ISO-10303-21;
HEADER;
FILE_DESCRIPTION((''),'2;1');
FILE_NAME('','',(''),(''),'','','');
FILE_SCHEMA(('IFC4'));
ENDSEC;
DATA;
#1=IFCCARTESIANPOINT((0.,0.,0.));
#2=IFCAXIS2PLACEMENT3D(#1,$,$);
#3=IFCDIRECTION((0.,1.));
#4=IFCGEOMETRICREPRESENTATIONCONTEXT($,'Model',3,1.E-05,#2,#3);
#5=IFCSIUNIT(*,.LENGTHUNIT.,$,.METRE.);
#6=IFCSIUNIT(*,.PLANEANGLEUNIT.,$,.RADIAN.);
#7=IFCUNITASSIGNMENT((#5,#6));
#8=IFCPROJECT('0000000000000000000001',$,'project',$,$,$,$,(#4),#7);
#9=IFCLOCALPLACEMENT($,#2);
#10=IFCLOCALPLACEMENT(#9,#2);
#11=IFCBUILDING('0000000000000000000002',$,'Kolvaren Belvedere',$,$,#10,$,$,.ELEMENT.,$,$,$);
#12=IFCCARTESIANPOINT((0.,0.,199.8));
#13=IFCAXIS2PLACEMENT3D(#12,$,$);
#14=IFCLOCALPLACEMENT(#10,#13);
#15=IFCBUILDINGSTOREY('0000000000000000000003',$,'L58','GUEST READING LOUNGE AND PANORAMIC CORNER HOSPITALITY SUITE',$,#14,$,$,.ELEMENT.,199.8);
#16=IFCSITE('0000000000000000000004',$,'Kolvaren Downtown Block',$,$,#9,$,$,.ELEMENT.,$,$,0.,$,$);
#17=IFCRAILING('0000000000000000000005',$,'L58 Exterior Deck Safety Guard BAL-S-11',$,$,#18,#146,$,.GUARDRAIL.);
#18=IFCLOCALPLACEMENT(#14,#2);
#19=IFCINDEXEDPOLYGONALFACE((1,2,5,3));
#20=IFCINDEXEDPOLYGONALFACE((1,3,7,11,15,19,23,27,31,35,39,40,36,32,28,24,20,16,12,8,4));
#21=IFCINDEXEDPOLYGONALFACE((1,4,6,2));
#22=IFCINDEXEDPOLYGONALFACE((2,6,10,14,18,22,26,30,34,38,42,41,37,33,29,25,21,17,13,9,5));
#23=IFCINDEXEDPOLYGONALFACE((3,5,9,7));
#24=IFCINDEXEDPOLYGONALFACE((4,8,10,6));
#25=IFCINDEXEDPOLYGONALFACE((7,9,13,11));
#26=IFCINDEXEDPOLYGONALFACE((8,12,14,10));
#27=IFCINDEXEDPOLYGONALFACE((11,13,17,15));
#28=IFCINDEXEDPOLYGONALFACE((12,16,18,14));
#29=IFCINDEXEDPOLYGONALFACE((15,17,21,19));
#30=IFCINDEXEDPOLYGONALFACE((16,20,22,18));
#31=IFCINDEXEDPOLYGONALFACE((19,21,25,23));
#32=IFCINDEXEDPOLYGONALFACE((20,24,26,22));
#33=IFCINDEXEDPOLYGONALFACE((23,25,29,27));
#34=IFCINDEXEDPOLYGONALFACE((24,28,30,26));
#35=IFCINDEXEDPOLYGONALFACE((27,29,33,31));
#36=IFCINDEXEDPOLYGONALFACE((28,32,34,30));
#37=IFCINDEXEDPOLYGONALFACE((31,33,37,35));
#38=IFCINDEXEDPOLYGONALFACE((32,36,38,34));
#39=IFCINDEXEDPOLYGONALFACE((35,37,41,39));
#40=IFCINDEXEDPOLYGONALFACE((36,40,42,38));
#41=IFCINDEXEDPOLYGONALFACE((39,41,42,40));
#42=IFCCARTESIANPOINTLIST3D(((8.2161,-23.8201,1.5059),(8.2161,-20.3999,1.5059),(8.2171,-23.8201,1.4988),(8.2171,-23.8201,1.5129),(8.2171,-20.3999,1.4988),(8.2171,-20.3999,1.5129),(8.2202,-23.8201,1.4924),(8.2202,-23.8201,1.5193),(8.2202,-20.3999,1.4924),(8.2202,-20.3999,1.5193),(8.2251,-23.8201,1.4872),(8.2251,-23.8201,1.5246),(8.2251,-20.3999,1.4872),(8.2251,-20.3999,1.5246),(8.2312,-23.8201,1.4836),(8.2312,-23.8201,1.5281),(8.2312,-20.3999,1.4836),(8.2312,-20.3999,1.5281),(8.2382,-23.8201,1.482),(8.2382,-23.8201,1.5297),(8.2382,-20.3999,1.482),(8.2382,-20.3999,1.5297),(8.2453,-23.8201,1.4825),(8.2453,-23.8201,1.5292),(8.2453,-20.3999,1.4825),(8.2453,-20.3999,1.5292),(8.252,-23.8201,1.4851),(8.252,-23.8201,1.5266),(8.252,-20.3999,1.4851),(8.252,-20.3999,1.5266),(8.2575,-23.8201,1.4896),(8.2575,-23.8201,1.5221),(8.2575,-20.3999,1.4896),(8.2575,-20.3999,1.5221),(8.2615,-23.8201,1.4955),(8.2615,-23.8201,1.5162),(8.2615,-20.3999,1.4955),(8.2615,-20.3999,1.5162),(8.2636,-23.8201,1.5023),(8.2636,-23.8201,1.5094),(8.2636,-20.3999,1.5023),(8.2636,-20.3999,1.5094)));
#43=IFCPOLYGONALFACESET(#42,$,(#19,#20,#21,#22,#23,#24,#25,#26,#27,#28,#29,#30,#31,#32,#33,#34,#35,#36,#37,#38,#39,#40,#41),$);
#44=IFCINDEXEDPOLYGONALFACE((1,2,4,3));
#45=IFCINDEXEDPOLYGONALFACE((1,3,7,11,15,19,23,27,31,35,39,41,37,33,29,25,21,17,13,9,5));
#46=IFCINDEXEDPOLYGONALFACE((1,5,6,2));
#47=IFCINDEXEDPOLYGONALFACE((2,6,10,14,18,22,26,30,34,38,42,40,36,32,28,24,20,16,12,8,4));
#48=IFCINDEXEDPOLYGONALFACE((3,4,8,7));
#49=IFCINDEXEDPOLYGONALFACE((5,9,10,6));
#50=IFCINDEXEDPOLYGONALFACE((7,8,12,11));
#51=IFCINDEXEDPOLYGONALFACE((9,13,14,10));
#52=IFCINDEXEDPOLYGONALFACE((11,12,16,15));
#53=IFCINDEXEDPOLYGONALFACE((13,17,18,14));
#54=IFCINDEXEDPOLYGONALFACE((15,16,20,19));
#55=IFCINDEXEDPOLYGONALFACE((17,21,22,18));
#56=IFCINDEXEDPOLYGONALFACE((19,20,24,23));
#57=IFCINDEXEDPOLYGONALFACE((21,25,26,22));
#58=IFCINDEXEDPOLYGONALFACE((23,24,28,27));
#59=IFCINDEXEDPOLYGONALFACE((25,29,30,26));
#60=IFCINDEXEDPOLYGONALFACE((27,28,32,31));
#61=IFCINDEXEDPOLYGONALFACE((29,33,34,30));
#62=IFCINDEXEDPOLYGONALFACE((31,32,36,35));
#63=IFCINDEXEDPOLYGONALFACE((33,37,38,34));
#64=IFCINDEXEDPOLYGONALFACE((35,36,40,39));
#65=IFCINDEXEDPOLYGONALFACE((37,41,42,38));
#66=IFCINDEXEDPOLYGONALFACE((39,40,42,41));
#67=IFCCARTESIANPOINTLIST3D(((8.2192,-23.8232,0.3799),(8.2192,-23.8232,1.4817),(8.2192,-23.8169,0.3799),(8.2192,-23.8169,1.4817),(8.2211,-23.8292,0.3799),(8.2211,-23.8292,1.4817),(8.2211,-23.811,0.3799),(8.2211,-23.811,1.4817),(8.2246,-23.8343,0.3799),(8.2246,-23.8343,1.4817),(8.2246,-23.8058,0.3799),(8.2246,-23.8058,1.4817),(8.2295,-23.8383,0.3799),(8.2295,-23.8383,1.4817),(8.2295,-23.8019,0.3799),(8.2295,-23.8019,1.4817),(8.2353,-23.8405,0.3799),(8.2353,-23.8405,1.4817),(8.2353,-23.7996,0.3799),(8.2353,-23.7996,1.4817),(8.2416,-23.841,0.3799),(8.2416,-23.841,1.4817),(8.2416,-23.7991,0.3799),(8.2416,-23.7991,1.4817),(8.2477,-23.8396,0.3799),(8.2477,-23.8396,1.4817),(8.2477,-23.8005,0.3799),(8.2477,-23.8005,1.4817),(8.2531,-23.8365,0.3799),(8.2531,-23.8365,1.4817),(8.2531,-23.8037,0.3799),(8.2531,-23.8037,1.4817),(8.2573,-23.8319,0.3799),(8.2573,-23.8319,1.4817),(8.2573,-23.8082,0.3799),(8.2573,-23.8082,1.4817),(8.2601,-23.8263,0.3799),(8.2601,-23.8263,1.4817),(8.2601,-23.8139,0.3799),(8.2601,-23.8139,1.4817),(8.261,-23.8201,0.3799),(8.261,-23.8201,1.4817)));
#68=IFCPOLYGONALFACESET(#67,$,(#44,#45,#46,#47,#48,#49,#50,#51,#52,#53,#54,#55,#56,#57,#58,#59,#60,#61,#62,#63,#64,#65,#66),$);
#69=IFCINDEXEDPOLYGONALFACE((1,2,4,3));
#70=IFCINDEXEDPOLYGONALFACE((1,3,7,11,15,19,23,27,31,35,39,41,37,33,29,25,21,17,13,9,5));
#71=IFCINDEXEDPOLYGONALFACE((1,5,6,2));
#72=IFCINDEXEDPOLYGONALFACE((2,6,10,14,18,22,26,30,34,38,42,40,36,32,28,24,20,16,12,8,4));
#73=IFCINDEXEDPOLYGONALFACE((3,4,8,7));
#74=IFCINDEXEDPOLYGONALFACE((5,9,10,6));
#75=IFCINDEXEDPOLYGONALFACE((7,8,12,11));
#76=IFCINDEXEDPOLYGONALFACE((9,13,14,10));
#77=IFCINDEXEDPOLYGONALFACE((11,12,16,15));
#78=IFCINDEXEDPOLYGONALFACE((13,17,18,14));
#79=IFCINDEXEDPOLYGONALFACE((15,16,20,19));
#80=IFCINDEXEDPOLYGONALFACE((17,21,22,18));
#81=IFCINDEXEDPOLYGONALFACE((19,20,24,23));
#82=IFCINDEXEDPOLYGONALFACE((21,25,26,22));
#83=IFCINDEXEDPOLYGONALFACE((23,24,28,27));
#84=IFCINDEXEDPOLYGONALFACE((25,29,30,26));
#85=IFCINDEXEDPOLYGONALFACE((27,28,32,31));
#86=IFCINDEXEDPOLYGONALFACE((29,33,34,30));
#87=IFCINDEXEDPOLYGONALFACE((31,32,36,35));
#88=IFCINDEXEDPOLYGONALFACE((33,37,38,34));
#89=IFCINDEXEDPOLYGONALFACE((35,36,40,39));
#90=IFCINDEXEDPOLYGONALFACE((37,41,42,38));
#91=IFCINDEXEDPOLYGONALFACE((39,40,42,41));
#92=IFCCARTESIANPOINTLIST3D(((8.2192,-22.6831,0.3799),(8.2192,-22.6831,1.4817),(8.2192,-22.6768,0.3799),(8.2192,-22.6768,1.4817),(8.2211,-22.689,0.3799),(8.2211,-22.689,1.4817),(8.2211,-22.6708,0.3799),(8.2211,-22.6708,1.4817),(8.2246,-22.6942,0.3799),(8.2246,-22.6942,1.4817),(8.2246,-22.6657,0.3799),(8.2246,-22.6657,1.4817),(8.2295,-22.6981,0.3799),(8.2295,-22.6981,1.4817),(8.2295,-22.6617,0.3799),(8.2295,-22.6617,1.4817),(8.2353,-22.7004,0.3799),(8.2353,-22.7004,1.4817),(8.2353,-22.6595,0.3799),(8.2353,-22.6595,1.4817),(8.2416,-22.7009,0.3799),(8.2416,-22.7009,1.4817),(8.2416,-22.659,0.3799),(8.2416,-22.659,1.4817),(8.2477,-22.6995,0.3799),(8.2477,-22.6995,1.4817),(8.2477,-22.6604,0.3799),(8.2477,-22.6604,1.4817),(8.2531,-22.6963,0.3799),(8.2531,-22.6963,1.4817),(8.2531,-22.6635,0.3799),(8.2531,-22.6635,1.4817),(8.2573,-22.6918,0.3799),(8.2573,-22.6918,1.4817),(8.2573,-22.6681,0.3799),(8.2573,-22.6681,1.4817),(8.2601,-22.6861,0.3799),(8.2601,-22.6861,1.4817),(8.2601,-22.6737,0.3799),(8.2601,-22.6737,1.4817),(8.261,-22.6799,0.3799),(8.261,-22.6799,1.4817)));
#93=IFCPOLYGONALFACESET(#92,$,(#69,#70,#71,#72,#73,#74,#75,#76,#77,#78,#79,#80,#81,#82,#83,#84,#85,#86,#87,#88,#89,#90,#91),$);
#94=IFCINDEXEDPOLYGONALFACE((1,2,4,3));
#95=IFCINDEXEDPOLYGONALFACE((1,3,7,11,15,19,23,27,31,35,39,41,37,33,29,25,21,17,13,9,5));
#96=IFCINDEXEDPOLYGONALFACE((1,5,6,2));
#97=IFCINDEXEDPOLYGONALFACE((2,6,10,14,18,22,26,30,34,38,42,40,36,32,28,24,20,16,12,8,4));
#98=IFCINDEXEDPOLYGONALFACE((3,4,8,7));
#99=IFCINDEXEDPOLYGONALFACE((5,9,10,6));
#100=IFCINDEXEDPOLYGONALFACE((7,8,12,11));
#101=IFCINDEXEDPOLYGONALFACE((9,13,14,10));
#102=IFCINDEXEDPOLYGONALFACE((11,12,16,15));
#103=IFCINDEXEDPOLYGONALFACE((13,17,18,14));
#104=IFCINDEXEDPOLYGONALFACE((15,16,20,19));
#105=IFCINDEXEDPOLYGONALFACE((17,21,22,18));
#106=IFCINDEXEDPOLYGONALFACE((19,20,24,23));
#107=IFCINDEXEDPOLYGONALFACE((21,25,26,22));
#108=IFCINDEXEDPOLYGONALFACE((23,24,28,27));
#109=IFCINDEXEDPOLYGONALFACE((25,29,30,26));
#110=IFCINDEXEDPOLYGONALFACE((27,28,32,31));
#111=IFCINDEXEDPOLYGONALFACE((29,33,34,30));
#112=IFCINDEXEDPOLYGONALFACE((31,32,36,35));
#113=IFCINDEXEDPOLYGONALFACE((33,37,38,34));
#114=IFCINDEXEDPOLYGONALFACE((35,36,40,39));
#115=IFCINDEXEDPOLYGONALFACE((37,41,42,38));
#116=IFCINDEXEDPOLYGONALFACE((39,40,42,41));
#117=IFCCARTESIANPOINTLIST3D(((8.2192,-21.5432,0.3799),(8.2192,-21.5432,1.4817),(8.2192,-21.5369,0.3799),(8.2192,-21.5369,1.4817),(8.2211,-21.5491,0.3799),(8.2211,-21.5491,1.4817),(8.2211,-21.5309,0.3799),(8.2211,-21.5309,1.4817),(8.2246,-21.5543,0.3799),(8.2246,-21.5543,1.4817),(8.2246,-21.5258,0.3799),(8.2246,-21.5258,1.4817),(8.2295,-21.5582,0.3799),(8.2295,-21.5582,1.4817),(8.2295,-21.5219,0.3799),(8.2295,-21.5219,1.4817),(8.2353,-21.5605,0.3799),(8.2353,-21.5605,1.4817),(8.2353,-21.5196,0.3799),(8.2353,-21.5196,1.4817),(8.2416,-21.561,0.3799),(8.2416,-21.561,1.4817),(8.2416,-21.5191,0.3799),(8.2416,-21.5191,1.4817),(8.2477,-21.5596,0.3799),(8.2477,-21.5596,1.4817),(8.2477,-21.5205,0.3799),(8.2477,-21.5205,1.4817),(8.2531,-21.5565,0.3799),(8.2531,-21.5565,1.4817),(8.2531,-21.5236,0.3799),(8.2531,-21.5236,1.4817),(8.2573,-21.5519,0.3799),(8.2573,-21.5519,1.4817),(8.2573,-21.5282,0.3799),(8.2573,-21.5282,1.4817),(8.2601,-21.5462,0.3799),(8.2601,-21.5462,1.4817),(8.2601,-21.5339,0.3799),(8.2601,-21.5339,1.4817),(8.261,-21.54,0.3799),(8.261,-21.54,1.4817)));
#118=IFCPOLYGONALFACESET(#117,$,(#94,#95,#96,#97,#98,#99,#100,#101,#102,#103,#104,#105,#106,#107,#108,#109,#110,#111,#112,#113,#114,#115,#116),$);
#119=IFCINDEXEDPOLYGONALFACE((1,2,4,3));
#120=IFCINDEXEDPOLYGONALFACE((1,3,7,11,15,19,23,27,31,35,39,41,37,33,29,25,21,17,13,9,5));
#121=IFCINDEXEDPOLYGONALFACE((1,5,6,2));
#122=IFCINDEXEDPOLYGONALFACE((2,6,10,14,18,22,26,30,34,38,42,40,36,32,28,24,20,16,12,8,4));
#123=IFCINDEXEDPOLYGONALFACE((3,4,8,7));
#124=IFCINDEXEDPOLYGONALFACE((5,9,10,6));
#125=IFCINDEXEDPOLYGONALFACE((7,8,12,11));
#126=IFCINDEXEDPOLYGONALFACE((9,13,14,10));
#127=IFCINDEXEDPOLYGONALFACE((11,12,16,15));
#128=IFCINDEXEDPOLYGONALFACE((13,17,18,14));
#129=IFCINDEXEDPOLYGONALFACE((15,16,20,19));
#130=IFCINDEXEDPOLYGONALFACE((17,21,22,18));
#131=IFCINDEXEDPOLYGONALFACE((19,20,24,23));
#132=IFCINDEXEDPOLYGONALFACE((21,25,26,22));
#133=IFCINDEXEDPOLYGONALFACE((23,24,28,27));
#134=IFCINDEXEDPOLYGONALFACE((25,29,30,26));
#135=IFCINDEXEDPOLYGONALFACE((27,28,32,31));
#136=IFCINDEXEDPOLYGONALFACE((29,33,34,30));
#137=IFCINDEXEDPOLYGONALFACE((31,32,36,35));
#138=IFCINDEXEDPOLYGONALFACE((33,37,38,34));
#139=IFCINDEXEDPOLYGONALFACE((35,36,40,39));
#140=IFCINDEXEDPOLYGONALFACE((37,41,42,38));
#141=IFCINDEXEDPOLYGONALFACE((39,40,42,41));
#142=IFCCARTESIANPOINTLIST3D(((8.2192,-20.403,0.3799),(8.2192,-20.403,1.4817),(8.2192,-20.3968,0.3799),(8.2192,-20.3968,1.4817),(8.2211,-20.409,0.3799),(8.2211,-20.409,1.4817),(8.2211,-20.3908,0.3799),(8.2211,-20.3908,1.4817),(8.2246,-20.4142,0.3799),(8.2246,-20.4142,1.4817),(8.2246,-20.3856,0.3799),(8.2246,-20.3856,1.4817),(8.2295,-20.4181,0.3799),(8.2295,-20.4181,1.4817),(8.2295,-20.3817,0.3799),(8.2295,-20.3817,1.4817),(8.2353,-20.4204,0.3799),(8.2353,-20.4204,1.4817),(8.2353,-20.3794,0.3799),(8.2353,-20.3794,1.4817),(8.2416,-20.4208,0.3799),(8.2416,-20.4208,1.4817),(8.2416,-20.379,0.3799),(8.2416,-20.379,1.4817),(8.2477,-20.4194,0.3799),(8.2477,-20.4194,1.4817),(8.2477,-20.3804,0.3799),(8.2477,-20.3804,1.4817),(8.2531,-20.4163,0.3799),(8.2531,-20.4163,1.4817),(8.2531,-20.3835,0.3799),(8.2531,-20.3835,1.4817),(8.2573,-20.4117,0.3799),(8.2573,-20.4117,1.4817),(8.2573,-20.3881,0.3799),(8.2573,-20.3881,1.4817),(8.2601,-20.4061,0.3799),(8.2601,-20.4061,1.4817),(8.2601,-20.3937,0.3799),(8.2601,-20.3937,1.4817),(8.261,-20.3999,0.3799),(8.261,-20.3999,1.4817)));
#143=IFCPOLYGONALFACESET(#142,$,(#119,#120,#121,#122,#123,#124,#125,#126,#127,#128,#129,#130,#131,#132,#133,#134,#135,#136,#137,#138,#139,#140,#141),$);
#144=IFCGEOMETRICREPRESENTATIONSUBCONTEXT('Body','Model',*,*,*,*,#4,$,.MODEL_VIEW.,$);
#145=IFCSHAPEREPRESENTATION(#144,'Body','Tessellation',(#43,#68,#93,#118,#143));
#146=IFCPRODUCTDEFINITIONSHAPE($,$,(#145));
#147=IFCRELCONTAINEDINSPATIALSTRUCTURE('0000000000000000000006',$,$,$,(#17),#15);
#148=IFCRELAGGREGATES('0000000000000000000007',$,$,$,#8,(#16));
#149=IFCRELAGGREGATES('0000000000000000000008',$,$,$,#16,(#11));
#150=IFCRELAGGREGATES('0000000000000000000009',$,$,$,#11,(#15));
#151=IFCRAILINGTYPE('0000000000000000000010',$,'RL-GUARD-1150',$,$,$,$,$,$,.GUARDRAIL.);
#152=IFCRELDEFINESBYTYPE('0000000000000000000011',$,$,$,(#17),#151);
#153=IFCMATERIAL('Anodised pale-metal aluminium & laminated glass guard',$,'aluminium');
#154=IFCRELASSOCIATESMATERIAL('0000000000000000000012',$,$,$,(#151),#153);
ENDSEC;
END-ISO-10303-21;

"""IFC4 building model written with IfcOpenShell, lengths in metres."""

from ifc_helpers import new_model, si_unit, direction, frame, origin, origin_2d, place, context, subcontext, project, spatial, circle, extrude, material, type_object, element, save


model = new_model("IFC4")

# Units and contexts
model_context = context("Model", 3, precision=1e-05, world=origin(), true_north=direction((0.0, 1.0)))
body_context = subcontext(model_context, "Body", "Model", "MODEL_VIEW")
ifc_project = project(units=[si_unit("LENGTHUNIT", "METRE"), si_unit("PLANEANGLEUNIT", "RADIAN")], contexts=[model_context])

# Site, building, storey
site_placement = place(None, origin())
site = spatial("IfcSite", under=ifc_project, at=site_placement, Name="Kolvaren Downtown Block", CompositionType="ELEMENT", RefElevation=0.0)
building_placement = place(site_placement, origin())
building = spatial("IfcBuilding", under=site, at=building_placement, Name="Kolvaren Belvedere", CompositionType="ELEMENT")
storey_placement = place(building_placement, frame((0.0, 0.0, 199.8)))
storey = spatial("IfcBuildingStorey", under=building, at=storey_placement, Name="L58", Description="GUEST READING LOUNGE AND PANORAMIC CORNER HOSPITALITY SUITE", CompositionType="ELEMENT", Elevation=199.8)

# Railing
ifc_material_1 = material(Name="Anodised pale-metal aluminium & laminated glass guard", Category="aluminium")
railing_type = type_object("IfcRailingType", Name="RL-GUARD-1150", PredefinedType="GUARDRAIL", material=ifc_material_1)
railing_placement = place(storey_placement, frame((8.24, -23.8201, 0.3799)))
element("IfcRailing", 1, at=railing_placement, inside=storey, type_object=railing_type, Name="L58 Exterior Deck Safety Guard BAL-S-11", PredefinedType="GUARDRAIL", context=body_context, shape_type="SweptSolid", body=[
    extrude(circle(Radius=0.0239, at=origin_2d()), frame((0.0, 0.0, 1.126), z_axis=(0.0, 1.0, 0.0), x_axis=(-1.0, 0.0, 0.0)), (0.0, 0.0, 1.0), 3.4202),
    extrude(circle(Radius=0.021, at=origin_2d()), origin(), (0.0, 0.0, 1.0), 1.1018),
    extrude(circle(Radius=0.021, at=origin_2d()), frame((0.0, 1.1401, 0.0)), (0.0, 0.0, 1.0), 1.1018),
    extrude(circle(Radius=0.021, at=origin_2d()), frame((0.0, 2.28, 0.0)), (0.0, 0.0, 1.0), 1.1018),
    extrude(circle(Radius=0.021, at=origin_2d()), frame((0.0, 3.4202, 0.0)), (0.0, 0.0, 1.0), 1.1018),
])

save(model, "model.ifc")
